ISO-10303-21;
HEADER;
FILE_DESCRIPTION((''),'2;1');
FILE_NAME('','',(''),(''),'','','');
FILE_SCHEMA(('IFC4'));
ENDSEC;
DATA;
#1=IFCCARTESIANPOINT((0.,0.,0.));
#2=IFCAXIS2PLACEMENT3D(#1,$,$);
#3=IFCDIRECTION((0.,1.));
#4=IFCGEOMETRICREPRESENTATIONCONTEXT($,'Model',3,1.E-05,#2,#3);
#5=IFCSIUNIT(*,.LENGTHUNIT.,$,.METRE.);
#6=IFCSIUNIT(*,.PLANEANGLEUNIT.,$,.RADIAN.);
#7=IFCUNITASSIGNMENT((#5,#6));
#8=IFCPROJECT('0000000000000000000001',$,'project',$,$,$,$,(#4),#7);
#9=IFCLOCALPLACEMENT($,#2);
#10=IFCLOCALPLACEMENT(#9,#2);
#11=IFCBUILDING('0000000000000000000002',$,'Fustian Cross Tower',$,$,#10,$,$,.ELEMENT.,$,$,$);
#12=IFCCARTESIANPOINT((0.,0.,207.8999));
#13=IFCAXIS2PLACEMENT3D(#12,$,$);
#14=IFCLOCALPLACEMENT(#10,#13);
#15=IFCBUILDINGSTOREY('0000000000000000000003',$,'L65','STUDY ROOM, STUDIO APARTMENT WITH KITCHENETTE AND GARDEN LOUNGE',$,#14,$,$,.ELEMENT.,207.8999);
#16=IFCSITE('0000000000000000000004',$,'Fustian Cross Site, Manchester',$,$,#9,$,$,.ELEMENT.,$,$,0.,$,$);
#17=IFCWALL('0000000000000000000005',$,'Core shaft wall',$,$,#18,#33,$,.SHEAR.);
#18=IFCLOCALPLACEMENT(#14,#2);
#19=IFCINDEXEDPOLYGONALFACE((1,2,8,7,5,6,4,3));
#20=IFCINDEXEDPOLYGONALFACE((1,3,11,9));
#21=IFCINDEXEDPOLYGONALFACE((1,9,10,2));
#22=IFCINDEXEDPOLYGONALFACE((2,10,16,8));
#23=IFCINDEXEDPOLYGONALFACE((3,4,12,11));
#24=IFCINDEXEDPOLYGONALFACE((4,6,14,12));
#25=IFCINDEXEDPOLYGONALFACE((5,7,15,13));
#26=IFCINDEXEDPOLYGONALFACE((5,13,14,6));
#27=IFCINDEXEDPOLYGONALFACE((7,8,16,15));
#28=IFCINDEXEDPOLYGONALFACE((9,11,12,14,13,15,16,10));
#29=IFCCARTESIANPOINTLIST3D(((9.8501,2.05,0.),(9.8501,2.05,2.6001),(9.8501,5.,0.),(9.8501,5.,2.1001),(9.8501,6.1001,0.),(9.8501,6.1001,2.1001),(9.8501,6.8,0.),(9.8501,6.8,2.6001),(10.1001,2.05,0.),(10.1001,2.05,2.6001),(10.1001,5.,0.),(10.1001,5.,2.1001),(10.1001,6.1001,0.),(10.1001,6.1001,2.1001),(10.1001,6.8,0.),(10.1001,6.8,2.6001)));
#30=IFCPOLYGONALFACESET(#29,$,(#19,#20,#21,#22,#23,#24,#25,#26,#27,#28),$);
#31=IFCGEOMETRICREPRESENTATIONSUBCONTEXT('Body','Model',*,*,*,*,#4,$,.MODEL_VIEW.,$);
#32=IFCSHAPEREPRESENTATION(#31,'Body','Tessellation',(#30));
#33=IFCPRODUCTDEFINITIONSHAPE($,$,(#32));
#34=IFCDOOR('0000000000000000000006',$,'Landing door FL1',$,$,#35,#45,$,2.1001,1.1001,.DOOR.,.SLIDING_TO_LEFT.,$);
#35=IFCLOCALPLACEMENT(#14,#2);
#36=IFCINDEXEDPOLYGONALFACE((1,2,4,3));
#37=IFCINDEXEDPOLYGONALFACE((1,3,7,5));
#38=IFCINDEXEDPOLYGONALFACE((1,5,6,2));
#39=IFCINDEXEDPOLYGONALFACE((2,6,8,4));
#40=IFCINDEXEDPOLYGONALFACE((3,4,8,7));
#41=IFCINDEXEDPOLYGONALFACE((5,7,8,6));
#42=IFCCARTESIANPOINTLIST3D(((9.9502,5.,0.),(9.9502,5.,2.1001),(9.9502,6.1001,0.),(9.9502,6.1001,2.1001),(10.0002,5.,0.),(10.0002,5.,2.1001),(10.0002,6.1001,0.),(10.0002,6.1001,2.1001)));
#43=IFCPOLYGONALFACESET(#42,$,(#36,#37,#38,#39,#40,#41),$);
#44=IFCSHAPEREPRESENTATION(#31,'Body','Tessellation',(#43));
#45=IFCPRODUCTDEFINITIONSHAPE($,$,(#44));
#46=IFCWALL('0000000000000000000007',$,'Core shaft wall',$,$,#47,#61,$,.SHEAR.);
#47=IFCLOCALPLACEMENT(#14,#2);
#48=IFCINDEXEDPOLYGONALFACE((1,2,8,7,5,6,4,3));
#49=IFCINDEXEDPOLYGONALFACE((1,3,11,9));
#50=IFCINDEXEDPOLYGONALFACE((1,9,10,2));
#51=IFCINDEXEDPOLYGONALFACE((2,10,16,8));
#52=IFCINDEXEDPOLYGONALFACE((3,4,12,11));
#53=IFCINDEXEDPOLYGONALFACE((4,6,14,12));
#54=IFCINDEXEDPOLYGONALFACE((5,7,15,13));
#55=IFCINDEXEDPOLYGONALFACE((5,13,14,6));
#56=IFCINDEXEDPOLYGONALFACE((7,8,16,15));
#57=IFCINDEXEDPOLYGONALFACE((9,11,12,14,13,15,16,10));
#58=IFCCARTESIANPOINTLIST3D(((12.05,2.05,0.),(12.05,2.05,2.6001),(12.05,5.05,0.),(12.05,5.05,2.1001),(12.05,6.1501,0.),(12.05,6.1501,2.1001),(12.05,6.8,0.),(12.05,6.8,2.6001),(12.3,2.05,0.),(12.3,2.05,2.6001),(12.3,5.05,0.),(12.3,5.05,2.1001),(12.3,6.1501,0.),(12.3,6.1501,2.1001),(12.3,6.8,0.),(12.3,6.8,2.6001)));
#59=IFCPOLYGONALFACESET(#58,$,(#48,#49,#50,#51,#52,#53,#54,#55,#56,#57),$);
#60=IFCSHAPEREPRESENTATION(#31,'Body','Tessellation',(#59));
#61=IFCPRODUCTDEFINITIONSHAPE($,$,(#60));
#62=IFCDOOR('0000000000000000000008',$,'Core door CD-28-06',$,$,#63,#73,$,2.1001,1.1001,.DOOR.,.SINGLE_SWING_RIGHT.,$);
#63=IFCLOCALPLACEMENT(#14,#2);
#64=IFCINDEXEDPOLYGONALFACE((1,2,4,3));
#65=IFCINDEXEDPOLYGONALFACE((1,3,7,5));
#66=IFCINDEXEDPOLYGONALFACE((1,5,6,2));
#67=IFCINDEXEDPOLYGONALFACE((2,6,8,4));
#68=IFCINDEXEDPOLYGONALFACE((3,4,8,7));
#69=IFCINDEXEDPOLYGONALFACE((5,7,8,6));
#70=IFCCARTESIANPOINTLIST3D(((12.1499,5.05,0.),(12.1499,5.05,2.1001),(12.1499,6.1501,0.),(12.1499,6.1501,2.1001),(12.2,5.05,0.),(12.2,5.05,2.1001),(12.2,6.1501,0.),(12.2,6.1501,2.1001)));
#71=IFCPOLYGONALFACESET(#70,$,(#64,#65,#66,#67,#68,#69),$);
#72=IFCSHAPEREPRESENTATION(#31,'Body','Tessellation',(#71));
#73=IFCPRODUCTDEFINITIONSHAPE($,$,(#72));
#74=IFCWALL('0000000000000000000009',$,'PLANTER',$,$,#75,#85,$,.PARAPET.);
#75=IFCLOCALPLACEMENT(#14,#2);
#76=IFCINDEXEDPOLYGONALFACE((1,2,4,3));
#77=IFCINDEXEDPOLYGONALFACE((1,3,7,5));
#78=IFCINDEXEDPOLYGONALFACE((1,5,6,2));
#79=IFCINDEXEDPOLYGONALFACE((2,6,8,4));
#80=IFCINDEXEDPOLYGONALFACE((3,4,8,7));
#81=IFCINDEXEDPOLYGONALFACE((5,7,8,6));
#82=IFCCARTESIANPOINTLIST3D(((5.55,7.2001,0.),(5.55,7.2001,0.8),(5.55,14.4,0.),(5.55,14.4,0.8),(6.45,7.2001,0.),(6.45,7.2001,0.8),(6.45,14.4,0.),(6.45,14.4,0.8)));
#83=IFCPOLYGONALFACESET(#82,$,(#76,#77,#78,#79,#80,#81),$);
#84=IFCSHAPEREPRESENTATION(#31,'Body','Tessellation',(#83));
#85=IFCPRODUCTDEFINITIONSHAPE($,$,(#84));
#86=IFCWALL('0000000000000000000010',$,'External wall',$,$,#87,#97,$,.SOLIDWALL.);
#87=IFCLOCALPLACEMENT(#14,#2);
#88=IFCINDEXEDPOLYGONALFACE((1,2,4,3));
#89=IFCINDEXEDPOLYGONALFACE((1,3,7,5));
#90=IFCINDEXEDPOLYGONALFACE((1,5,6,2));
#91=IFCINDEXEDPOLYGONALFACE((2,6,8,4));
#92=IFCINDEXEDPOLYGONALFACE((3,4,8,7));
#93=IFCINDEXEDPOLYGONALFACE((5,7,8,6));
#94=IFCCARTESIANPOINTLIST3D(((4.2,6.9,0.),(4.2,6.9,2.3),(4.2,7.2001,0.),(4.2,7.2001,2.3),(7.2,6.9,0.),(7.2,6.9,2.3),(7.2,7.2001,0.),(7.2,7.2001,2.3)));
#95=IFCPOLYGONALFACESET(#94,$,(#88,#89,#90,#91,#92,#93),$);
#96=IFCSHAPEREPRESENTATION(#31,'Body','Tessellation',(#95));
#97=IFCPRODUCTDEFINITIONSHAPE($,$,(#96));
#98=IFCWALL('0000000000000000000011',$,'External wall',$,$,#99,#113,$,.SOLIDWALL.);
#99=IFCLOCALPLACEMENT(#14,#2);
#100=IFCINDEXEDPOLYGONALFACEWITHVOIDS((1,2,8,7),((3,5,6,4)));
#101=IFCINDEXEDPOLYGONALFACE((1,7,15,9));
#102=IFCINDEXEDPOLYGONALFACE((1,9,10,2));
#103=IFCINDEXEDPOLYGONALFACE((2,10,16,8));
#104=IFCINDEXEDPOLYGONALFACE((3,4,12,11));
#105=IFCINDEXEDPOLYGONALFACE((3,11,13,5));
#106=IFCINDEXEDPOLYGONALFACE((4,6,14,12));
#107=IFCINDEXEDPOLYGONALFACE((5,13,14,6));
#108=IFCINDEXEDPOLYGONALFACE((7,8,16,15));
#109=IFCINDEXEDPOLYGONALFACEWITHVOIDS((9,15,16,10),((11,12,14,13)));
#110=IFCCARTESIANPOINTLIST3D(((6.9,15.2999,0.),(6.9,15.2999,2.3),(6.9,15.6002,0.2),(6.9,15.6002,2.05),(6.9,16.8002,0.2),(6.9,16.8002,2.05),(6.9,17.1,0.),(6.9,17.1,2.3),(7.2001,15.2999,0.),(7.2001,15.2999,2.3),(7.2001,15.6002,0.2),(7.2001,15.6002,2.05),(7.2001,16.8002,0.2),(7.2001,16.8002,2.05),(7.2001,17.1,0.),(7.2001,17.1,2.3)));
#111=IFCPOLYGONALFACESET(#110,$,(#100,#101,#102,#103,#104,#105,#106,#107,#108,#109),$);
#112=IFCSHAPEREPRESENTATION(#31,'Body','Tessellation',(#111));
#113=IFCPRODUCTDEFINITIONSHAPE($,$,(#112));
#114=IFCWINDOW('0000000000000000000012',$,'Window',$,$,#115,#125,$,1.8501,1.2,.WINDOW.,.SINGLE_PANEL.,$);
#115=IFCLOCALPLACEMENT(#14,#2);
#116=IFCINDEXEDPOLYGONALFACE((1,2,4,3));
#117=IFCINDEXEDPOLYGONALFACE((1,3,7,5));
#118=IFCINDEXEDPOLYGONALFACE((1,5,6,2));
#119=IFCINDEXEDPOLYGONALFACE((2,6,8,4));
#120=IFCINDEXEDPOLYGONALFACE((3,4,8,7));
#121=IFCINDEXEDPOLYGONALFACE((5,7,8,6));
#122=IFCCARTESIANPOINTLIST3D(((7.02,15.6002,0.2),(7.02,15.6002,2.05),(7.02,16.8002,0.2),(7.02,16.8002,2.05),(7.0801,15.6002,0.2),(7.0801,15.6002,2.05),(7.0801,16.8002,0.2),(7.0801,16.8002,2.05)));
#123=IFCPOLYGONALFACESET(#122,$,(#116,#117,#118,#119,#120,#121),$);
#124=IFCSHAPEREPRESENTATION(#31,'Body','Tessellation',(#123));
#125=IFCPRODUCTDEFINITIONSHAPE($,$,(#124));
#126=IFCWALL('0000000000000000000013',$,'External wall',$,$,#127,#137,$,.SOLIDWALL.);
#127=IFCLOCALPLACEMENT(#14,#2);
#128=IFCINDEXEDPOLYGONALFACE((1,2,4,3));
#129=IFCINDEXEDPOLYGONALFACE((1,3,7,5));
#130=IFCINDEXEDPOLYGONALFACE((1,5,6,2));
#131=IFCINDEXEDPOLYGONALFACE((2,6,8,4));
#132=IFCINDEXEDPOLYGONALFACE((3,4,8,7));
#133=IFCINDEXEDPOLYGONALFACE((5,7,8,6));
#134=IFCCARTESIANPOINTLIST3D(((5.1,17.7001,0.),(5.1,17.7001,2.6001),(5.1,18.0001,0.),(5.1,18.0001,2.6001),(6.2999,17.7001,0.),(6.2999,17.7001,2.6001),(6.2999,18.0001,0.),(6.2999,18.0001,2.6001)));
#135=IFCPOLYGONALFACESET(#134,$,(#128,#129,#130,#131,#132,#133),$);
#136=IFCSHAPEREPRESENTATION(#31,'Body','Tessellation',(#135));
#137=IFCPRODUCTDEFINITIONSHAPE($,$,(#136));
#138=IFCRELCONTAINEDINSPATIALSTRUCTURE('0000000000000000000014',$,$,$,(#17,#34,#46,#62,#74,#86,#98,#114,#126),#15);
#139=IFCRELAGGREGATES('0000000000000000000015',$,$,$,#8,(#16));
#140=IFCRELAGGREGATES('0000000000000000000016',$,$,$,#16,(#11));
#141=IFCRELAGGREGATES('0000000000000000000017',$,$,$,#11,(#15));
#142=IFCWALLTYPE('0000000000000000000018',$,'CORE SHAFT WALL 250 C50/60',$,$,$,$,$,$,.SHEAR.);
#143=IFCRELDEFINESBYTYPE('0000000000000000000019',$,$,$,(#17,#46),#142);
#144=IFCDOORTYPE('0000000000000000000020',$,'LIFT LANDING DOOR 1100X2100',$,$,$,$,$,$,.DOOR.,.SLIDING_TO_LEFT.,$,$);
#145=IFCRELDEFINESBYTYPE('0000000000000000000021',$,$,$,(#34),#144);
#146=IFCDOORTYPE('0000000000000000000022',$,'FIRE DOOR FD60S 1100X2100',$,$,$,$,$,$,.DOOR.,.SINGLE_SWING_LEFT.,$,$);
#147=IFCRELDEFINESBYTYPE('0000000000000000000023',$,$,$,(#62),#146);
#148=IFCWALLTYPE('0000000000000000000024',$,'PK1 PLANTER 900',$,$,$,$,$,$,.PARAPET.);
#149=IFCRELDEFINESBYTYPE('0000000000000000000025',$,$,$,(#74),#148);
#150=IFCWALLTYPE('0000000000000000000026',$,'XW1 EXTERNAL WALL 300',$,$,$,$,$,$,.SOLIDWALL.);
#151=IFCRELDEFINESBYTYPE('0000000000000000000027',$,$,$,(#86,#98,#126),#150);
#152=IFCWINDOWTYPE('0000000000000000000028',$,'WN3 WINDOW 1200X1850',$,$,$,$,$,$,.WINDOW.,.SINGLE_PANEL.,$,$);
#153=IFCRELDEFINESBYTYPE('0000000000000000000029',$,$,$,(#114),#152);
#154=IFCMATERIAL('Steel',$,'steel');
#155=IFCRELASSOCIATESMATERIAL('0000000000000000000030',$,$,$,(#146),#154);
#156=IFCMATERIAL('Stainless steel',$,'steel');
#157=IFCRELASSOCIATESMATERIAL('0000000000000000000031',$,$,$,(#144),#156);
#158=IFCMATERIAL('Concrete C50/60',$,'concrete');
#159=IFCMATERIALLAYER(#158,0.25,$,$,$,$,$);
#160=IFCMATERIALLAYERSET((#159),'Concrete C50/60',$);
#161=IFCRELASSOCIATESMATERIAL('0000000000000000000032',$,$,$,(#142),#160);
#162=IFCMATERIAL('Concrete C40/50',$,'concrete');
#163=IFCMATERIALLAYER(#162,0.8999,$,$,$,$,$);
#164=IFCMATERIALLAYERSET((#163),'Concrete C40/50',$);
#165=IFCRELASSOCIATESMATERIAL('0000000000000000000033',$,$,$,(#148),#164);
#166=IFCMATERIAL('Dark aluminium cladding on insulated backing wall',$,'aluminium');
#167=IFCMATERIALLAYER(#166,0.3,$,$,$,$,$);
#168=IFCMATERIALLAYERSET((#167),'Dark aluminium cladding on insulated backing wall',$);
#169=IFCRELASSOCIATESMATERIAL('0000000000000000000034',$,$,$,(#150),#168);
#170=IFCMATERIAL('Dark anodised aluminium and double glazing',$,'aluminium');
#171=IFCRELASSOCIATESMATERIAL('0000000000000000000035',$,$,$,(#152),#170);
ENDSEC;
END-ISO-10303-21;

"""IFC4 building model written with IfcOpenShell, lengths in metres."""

from ifc_helpers import new_model, si_unit, direction, frame, frame_2d, origin, place, context, subcontext, project, spatial, rectangle, extrude, material, layer, layer_set, type_object, element, fill, save


model = new_model("IFC4")

# Units and contexts
model_context = context("Model", 3, precision=1e-05, world=origin(), true_north=direction((0.0, 1.0)))
body_context = subcontext(model_context, "Body", "Model", "MODEL_VIEW")
ifc_project = project(units=[si_unit("LENGTHUNIT", "METRE"), si_unit("PLANEANGLEUNIT", "RADIAN")], contexts=[model_context])

# Site, building, storey
site_placement = place(None, origin())
site = spatial("IfcSite", under=ifc_project, at=site_placement, Name="Fustian Cross Site, Manchester", CompositionType="ELEMENT", RefElevation=0.0)
building_placement = place(site_placement, origin())
building = spatial("IfcBuilding", under=site, at=building_placement, Name="Fustian Cross Tower", CompositionType="ELEMENT")
storey_placement = place(building_placement, frame((0.0, 0.0, 207.8999)))
storey = spatial("IfcBuildingStorey", under=building, at=storey_placement, Name="L65", Description="STUDY ROOM, STUDIO APARTMENT WITH KITCHENETTE AND GARDEN LOUNGE", CompositionType="ELEMENT", Elevation=207.8999)

# Shared definitions
ifc_material_1 = material(Name="Steel", Category="steel")
door_type_1 = type_object("IfcDoorType", Name="FIRE DOOR FD60S 1100X2100", OperationType="SINGLE_SWING_LEFT", PredefinedType="DOOR", material=ifc_material_1)
ifc_material_2 = material(Name="Stainless steel", Category="steel")
door_type_2 = type_object("IfcDoorType", Name="LIFT LANDING DOOR 1100X2100", OperationType="SLIDING_TO_LEFT", PredefinedType="DOOR", material=ifc_material_2)

# Shared definitions
ifc_material_3 = material(Name="Concrete C50/60", Category="concrete")
ifc_layer_1 = layer(ifc_material_3, 0.25)
ifc_layer_set_1 = layer_set([ifc_layer_1], Name="Concrete C50/60")
wall_type_1 = type_object("IfcWallType", Name="CORE SHAFT WALL 250 C50/60", PredefinedType="SHEAR", material=ifc_layer_set_1)

# Walls, openings, doors
wall_1_placement = place(storey_placement, frame((9.9751, 2.05, 0.0), z_axis=(0.0, 0.0, 1.0), x_axis=(0.0, 1.0, 0.0)))
wall_1 = element("IfcWall", 1, at=wall_1_placement, inside=storey, type_object=wall_type_1, Name="Core shaft wall", PredefinedType="SHEAR", context=body_context, shape_type="SweptSolid", body=[
    extrude(rectangle(XDim=4.75, YDim=0.25, at=frame_2d((2.375, 0.0))), origin(), (0.0, 0.0, 1.0), 2.6001),
])
opening_1_placement = place(wall_1_placement, frame((2.95, 0.0, 0.0)))
opening_1 = element("IfcOpeningElement", 2, at=opening_1_placement, cuts=wall_1, PredefinedType="OPENING", context=body_context, shape_type="SweptSolid", body=[
    extrude(rectangle(XDim=1.1001, YDim=2.1001, at=frame_2d((0.55, 1.05))), frame((0.0, 0.135, 0.0), z_axis=(0.0, -1.0, 0.0), x_axis=(1.0, 0.0, 0.0)), (0.0, 0.0, 1.0), 0.27),
])
door_1_placement = place(opening_1_placement, origin())
door_1 = element("IfcDoor", 3, at=door_1_placement, inside=storey, type_object=door_type_2, Name="Landing door FL1", OperationType="SLIDING_TO_LEFT", OverallHeight=2.1001, OverallWidth=1.1001, PredefinedType="DOOR", context=body_context, shape_type="SweptSolid", body=[
    extrude(rectangle(XDim=1.1001, YDim=2.1001, at=frame_2d((0.55, 1.05))), frame((0.0, 0.0249, 0.0), z_axis=(0.0, -1.0, 0.0), x_axis=(1.0, 0.0, 0.0)), (0.0, 0.0, 1.0), 0.05),
])
fill(opening_1, door_1)
wall_2_placement = place(storey_placement, frame((12.175, 2.05, 0.0), z_axis=(0.0, 0.0, 1.0), x_axis=(0.0, 1.0, 0.0)))
wall_2 = element("IfcWall", 4, at=wall_2_placement, inside=storey, type_object=wall_type_1, Name="Core shaft wall", PredefinedType="SHEAR", context=body_context, shape_type="SweptSolid", body=[
    extrude(rectangle(XDim=4.75, YDim=0.25, at=frame_2d((2.375, 0.0))), origin(), (0.0, 0.0, 1.0), 2.6001),
])
opening_2_placement = place(wall_2_placement, frame((3.0, 0.0, 0.0)))
opening_2 = element("IfcOpeningElement", 5, at=opening_2_placement, cuts=wall_2, PredefinedType="OPENING", context=body_context, shape_type="SweptSolid", body=[
    extrude(rectangle(XDim=1.1001, YDim=2.1001, at=frame_2d((0.55, 1.05))), frame((0.0, 0.135, 0.0), z_axis=(0.0, -1.0, 0.0), x_axis=(1.0, 0.0, 0.0)), (0.0, 0.0, 1.0), 0.27),
])
door_2_placement = place(opening_2_placement, frame((1.1001, 0.0, 0.0), z_axis=(0.0, 0.0, 1.0), x_axis=(-1.0, 0.0, 0.0)))
door_2 = element("IfcDoor", 6, at=door_2_placement, inside=storey, type_object=door_type_1, Name="Core door CD-28-06", OperationType="SINGLE_SWING_RIGHT", OverallHeight=2.1001, OverallWidth=1.1001, PredefinedType="DOOR", context=body_context, shape_type="SweptSolid", body=[
    extrude(rectangle(XDim=1.1001, YDim=2.1001, at=frame_2d((0.55, 1.05))), frame((0.0, 0.0249, 0.0), z_axis=(0.0, -1.0, 0.0), x_axis=(1.0, 0.0, 0.0)), (0.0, 0.0, 1.0), 0.05),
])
fill(opening_2, door_2)

# Walls
ifc_material_4 = material(Name="Concrete C40/50", Category="concrete")
ifc_layer_2 = layer(ifc_material_4, 0.8999)
ifc_layer_set_2 = layer_set([ifc_layer_2], Name="Concrete C40/50")
wall_type_2 = type_object("IfcWallType", Name="PK1 PLANTER 900", PredefinedType="PARAPET", material=ifc_layer_set_2)
wall_3_placement = place(storey_placement, frame((6.0, 7.2, 0.0), z_axis=(0.0, 0.0, 1.0), x_axis=(0.0, 1.0, 0.0)))
element("IfcWall", 7, at=wall_3_placement, inside=storey, type_object=wall_type_2, Name="PLANTER", PredefinedType="PARAPET", context=body_context, shape_type="SweptSolid", body=[
    extrude(rectangle(XDim=7.2, YDim=0.8999, at=frame_2d((3.6001, 0.0))), origin(), (0.0, 0.0, 1.0), 0.8),
])
ifc_material_5 = material(Name="Dark aluminium cladding on insulated backing wall", Category="aluminium")
ifc_layer_3 = layer(ifc_material_5, 0.3)
ifc_layer_set_3 = layer_set([ifc_layer_3], Name="Dark aluminium cladding on insulated backing wall")
wall_type_3 = type_object("IfcWallType", Name="XW1 EXTERNAL WALL 300", PredefinedType="SOLIDWALL", material=ifc_layer_set_3)
wall_4_placement = place(storey_placement, frame((7.2, 7.05, 0.0), z_axis=(0.0, 0.0, 1.0), x_axis=(-1.0, 0.0, 0.0)))
element("IfcWall", 8, at=wall_4_placement, inside=storey, type_object=wall_type_3, Name="External wall", PredefinedType="SOLIDWALL", context=body_context, shape_type="SweptSolid", body=[
    extrude(rectangle(XDim=3.0, YDim=0.3, at=frame_2d((1.5, 0.0))), origin(), (0.0, 0.0, 1.0), 2.3),
])

# Wall, opening, window
wall_5_placement = place(storey_placement, frame((7.05, 15.3, 0.0), z_axis=(0.0, 0.0, 1.0), x_axis=(0.0, 1.0, 0.0)))
wall_5 = element("IfcWall", 9, at=wall_5_placement, inside=storey, type_object=wall_type_3, Name="External wall", PredefinedType="SOLIDWALL", context=body_context, shape_type="SweptSolid", body=[
    extrude(rectangle(XDim=1.8, YDim=0.3, at=frame_2d((0.8999, 0.0))), origin(), (0.0, 0.0, 1.0), 2.3),
])
opening_3_placement = place(wall_5_placement, frame((0.3, 0.0, 0.2)))
opening_3 = element("IfcOpeningElement", 10, at=opening_3_placement, cuts=wall_5, PredefinedType="OPENING", context=body_context, shape_type="SweptSolid", body=[
    extrude(rectangle(XDim=1.2, YDim=1.8501, at=frame_2d((0.6001, 0.925))), frame((0.0, 0.1599, 0.0), z_axis=(0.0, -1.0, 0.0), x_axis=(1.0, 0.0, 0.0)), (0.0, 0.0, 1.0), 0.3201),
])
ifc_material_6 = material(Name="Dark anodised aluminium and double glazing", Category="aluminium")
window_type = type_object("IfcWindowType", Name="WN3 WINDOW 1200X1850", PartitioningType="SINGLE_PANEL", PredefinedType="WINDOW", material=ifc_material_6)
window_placement = place(opening_3_placement, origin())
window = element("IfcWindow", 11, at=window_placement, inside=storey, type_object=window_type, Name="Window", OverallHeight=1.8501, OverallWidth=1.2, PartitioningType="SINGLE_PANEL", PredefinedType="WINDOW", context=body_context, shape_type="SweptSolid", body=[
    extrude(rectangle(XDim=1.2, YDim=1.8501, at=frame_2d((0.6001, 0.925))), frame((0.0, 0.03, 0.0), z_axis=(0.0, -1.0, 0.0), x_axis=(1.0, 0.0, 0.0)), (0.0, 0.0, 1.0), 0.0601),
])
fill(opening_3, window)

# Wall
wall_6_placement = place(storey_placement, frame((6.3, 17.8501, 0.0), z_axis=(0.0, 0.0, 1.0), x_axis=(-1.0, 0.0, 0.0)))
element("IfcWall", 12, at=wall_6_placement, inside=storey, type_object=wall_type_3, Name="External wall", PredefinedType="SOLIDWALL", context=body_context, shape_type="SweptSolid", body=[
    extrude(rectangle(XDim=1.2, YDim=0.3, at=frame_2d((0.6001, 0.0))), origin(), (0.0, 0.0, 1.0), 2.6001),
])

save(model, "model.ifc")
